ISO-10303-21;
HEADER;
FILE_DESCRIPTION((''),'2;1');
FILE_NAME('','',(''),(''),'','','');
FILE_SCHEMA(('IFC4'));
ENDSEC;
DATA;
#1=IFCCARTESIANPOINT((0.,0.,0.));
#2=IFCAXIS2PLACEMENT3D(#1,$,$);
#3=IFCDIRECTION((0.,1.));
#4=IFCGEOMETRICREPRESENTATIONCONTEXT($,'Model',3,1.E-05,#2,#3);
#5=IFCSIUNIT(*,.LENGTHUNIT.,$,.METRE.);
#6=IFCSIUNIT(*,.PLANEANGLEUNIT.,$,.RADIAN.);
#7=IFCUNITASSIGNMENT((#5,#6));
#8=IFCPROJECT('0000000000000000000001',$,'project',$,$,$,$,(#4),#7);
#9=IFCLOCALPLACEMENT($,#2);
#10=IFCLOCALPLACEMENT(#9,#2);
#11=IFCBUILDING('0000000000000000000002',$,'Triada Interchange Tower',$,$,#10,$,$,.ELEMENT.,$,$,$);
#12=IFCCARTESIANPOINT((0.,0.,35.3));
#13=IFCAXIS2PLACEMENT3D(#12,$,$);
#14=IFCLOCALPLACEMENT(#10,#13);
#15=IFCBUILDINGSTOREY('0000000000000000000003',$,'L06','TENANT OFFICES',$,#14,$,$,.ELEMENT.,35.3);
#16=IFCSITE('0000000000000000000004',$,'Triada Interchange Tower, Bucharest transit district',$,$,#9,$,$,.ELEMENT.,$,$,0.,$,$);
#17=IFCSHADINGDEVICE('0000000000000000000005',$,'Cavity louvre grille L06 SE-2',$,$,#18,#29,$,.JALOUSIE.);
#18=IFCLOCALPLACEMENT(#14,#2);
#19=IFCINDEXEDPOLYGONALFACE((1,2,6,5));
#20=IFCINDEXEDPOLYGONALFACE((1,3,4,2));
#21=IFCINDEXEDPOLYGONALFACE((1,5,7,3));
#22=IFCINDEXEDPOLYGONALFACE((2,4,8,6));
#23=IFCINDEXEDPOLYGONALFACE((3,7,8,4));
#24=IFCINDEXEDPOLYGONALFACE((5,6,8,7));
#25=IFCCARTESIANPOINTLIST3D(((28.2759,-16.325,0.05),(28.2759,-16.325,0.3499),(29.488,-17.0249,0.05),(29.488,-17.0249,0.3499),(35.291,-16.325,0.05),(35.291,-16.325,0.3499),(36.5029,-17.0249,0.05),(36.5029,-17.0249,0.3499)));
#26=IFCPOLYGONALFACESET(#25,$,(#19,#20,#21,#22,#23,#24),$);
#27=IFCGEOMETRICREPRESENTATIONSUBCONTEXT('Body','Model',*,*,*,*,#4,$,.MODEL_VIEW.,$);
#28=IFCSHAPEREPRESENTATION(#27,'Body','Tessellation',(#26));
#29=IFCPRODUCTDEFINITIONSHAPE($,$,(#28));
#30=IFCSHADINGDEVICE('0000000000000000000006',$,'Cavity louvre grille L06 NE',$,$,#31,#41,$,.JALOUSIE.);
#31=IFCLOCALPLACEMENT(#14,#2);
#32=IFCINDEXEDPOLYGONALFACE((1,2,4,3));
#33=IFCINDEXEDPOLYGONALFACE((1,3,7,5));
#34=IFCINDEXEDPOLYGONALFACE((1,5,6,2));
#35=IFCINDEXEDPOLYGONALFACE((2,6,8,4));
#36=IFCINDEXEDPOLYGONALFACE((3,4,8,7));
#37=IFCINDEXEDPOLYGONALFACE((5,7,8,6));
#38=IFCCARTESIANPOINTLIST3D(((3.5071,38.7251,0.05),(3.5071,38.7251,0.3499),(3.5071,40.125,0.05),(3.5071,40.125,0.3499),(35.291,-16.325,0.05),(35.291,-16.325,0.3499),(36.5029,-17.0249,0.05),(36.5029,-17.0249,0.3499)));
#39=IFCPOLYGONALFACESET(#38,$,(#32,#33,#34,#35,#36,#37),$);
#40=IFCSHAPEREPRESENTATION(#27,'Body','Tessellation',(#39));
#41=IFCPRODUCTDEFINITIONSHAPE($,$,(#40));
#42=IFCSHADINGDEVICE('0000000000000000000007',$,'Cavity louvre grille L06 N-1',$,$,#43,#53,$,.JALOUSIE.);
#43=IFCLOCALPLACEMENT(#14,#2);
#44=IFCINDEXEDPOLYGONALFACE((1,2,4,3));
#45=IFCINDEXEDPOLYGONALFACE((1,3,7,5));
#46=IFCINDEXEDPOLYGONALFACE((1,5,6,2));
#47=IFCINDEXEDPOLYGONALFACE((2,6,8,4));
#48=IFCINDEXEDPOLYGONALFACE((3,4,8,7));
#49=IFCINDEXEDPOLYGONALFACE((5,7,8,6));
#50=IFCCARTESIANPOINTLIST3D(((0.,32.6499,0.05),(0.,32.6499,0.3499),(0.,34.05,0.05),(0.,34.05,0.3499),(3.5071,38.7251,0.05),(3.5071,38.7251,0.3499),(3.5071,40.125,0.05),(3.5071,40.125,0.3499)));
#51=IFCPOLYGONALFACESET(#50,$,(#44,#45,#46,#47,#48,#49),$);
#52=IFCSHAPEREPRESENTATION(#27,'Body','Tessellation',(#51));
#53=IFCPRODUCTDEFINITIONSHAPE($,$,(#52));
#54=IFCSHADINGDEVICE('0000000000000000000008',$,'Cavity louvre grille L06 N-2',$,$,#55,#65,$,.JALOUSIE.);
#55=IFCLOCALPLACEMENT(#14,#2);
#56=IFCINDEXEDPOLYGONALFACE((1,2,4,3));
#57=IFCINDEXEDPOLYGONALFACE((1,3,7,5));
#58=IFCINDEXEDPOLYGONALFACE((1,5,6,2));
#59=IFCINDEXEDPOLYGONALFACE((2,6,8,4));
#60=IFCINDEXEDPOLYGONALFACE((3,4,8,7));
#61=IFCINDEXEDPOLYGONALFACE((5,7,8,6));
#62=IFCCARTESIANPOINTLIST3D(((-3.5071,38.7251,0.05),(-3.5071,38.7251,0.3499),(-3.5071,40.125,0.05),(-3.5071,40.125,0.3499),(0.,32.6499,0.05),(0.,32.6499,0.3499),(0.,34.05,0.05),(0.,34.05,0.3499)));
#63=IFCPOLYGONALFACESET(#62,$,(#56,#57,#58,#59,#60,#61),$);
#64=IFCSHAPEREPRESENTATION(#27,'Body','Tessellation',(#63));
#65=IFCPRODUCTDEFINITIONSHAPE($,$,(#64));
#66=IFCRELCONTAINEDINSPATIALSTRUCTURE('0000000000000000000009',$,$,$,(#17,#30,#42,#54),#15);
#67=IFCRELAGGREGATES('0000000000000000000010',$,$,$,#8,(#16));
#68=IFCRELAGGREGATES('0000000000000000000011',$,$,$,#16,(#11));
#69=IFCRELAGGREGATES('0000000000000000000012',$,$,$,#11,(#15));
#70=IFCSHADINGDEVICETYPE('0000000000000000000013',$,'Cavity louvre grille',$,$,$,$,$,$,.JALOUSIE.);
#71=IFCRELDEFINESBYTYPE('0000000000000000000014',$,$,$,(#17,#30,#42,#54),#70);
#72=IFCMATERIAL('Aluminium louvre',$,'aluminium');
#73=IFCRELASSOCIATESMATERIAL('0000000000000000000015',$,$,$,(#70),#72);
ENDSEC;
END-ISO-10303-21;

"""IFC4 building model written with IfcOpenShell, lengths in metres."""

from ifc_helpers import new_model, si_unit, direction, frame, origin, place, context, subcontext, project, spatial, polyline, outline, extrude, material, type_object, element, save


model = new_model("IFC4")

# Units and contexts
model_context = context("Model", 3, precision=1e-05, world=origin(), true_north=direction((0.0, 1.0)))
body_context = subcontext(model_context, "Body", "Model", "MODEL_VIEW")
ifc_project = project(units=[si_unit("LENGTHUNIT", "METRE"), si_unit("PLANEANGLEUNIT", "RADIAN")], contexts=[model_context])

# Site, building, storey
site_placement = place(None, origin())
site = spatial("IfcSite", under=ifc_project, at=site_placement, Name="Triada Interchange Tower, Bucharest transit district", CompositionType="ELEMENT", RefElevation=0.0)
building_placement = place(site_placement, origin())
building = spatial("IfcBuilding", under=site, at=building_placement, Name="Triada Interchange Tower", CompositionType="ELEMENT")
storey_placement = place(building_placement, frame((0.0, 0.0, 35.3)))
storey = spatial("IfcBuildingStorey", under=building, at=storey_placement, Name="L06", Description="TENANT OFFICES", CompositionType="ELEMENT", Elevation=35.3)

# Shading devices
ifc_material_1 = material(Name="Aluminium louvre", Category="aluminium")
shading_device_type = type_object("IfcShadingDeviceType", Name="Cavity louvre grille", PredefinedType="JALOUSIE", material=ifc_material_1)
shading_device_1_placement = place(storey_placement, frame((0.0, 0.0, 0.05)))
element("IfcShadingDevice", 1, at=shading_device_1_placement, inside=storey, type_object=shading_device_type, Name="Cavity louvre grille L06 SE-2", PredefinedType="JALOUSIE", context=body_context, shape_type="SweptSolid", body=[
    extrude(outline(polyline([(28.2759, -16.325), (29.488, -17.0249), (36.5029, -17.0249), (35.291, -16.325), (28.2759, -16.325)])), origin(), (0.0, 0.0, 1.0), 0.2998),
])
shading_device_2_placement = place(storey_placement, frame((0.0, 0.0, 0.05)))
element("IfcShadingDevice", 2, at=shading_device_2_placement, inside=storey, type_object=shading_device_type, Name="Cavity louvre grille L06 NE", PredefinedType="JALOUSIE", context=body_context, shape_type="SweptSolid", body=[
    extrude(outline(polyline([(35.291, -16.325), (36.5029, -17.0249), (3.5071, 40.125), (3.5071, 38.7251), (35.291, -16.325)])), origin(), (0.0, 0.0, 1.0), 0.2998),
])
shading_device_3_placement = place(storey_placement, frame((0.0, 0.0, 0.05)))
element("IfcShadingDevice", 3, at=shading_device_3_placement, inside=storey, type_object=shading_device_type, Name="Cavity louvre grille L06 N-1", PredefinedType="JALOUSIE", context=body_context, shape_type="SweptSolid", body=[
    extrude(outline(polyline([(3.5071, 38.7251), (3.5071, 40.125), (0.0, 34.05), (0.0, 32.6499), (3.5071, 38.7251)])), origin(), (0.0, 0.0, 1.0), 0.2998),
])
shading_device_4_placement = place(storey_placement, frame((0.0, 0.0, 0.05)))
element("IfcShadingDevice", 4, at=shading_device_4_placement, inside=storey, type_object=shading_device_type, Name="Cavity louvre grille L06 N-2", PredefinedType="JALOUSIE", context=body_context, shape_type="SweptSolid", body=[
    extrude(outline(polyline([(0.0, 32.6499), (0.0, 34.05), (-3.5071, 40.125), (-3.5071, 38.7251), (0.0, 32.6499)])), origin(), (0.0, 0.0, 1.0), 0.2998),
])

save(model, "model.ifc")
